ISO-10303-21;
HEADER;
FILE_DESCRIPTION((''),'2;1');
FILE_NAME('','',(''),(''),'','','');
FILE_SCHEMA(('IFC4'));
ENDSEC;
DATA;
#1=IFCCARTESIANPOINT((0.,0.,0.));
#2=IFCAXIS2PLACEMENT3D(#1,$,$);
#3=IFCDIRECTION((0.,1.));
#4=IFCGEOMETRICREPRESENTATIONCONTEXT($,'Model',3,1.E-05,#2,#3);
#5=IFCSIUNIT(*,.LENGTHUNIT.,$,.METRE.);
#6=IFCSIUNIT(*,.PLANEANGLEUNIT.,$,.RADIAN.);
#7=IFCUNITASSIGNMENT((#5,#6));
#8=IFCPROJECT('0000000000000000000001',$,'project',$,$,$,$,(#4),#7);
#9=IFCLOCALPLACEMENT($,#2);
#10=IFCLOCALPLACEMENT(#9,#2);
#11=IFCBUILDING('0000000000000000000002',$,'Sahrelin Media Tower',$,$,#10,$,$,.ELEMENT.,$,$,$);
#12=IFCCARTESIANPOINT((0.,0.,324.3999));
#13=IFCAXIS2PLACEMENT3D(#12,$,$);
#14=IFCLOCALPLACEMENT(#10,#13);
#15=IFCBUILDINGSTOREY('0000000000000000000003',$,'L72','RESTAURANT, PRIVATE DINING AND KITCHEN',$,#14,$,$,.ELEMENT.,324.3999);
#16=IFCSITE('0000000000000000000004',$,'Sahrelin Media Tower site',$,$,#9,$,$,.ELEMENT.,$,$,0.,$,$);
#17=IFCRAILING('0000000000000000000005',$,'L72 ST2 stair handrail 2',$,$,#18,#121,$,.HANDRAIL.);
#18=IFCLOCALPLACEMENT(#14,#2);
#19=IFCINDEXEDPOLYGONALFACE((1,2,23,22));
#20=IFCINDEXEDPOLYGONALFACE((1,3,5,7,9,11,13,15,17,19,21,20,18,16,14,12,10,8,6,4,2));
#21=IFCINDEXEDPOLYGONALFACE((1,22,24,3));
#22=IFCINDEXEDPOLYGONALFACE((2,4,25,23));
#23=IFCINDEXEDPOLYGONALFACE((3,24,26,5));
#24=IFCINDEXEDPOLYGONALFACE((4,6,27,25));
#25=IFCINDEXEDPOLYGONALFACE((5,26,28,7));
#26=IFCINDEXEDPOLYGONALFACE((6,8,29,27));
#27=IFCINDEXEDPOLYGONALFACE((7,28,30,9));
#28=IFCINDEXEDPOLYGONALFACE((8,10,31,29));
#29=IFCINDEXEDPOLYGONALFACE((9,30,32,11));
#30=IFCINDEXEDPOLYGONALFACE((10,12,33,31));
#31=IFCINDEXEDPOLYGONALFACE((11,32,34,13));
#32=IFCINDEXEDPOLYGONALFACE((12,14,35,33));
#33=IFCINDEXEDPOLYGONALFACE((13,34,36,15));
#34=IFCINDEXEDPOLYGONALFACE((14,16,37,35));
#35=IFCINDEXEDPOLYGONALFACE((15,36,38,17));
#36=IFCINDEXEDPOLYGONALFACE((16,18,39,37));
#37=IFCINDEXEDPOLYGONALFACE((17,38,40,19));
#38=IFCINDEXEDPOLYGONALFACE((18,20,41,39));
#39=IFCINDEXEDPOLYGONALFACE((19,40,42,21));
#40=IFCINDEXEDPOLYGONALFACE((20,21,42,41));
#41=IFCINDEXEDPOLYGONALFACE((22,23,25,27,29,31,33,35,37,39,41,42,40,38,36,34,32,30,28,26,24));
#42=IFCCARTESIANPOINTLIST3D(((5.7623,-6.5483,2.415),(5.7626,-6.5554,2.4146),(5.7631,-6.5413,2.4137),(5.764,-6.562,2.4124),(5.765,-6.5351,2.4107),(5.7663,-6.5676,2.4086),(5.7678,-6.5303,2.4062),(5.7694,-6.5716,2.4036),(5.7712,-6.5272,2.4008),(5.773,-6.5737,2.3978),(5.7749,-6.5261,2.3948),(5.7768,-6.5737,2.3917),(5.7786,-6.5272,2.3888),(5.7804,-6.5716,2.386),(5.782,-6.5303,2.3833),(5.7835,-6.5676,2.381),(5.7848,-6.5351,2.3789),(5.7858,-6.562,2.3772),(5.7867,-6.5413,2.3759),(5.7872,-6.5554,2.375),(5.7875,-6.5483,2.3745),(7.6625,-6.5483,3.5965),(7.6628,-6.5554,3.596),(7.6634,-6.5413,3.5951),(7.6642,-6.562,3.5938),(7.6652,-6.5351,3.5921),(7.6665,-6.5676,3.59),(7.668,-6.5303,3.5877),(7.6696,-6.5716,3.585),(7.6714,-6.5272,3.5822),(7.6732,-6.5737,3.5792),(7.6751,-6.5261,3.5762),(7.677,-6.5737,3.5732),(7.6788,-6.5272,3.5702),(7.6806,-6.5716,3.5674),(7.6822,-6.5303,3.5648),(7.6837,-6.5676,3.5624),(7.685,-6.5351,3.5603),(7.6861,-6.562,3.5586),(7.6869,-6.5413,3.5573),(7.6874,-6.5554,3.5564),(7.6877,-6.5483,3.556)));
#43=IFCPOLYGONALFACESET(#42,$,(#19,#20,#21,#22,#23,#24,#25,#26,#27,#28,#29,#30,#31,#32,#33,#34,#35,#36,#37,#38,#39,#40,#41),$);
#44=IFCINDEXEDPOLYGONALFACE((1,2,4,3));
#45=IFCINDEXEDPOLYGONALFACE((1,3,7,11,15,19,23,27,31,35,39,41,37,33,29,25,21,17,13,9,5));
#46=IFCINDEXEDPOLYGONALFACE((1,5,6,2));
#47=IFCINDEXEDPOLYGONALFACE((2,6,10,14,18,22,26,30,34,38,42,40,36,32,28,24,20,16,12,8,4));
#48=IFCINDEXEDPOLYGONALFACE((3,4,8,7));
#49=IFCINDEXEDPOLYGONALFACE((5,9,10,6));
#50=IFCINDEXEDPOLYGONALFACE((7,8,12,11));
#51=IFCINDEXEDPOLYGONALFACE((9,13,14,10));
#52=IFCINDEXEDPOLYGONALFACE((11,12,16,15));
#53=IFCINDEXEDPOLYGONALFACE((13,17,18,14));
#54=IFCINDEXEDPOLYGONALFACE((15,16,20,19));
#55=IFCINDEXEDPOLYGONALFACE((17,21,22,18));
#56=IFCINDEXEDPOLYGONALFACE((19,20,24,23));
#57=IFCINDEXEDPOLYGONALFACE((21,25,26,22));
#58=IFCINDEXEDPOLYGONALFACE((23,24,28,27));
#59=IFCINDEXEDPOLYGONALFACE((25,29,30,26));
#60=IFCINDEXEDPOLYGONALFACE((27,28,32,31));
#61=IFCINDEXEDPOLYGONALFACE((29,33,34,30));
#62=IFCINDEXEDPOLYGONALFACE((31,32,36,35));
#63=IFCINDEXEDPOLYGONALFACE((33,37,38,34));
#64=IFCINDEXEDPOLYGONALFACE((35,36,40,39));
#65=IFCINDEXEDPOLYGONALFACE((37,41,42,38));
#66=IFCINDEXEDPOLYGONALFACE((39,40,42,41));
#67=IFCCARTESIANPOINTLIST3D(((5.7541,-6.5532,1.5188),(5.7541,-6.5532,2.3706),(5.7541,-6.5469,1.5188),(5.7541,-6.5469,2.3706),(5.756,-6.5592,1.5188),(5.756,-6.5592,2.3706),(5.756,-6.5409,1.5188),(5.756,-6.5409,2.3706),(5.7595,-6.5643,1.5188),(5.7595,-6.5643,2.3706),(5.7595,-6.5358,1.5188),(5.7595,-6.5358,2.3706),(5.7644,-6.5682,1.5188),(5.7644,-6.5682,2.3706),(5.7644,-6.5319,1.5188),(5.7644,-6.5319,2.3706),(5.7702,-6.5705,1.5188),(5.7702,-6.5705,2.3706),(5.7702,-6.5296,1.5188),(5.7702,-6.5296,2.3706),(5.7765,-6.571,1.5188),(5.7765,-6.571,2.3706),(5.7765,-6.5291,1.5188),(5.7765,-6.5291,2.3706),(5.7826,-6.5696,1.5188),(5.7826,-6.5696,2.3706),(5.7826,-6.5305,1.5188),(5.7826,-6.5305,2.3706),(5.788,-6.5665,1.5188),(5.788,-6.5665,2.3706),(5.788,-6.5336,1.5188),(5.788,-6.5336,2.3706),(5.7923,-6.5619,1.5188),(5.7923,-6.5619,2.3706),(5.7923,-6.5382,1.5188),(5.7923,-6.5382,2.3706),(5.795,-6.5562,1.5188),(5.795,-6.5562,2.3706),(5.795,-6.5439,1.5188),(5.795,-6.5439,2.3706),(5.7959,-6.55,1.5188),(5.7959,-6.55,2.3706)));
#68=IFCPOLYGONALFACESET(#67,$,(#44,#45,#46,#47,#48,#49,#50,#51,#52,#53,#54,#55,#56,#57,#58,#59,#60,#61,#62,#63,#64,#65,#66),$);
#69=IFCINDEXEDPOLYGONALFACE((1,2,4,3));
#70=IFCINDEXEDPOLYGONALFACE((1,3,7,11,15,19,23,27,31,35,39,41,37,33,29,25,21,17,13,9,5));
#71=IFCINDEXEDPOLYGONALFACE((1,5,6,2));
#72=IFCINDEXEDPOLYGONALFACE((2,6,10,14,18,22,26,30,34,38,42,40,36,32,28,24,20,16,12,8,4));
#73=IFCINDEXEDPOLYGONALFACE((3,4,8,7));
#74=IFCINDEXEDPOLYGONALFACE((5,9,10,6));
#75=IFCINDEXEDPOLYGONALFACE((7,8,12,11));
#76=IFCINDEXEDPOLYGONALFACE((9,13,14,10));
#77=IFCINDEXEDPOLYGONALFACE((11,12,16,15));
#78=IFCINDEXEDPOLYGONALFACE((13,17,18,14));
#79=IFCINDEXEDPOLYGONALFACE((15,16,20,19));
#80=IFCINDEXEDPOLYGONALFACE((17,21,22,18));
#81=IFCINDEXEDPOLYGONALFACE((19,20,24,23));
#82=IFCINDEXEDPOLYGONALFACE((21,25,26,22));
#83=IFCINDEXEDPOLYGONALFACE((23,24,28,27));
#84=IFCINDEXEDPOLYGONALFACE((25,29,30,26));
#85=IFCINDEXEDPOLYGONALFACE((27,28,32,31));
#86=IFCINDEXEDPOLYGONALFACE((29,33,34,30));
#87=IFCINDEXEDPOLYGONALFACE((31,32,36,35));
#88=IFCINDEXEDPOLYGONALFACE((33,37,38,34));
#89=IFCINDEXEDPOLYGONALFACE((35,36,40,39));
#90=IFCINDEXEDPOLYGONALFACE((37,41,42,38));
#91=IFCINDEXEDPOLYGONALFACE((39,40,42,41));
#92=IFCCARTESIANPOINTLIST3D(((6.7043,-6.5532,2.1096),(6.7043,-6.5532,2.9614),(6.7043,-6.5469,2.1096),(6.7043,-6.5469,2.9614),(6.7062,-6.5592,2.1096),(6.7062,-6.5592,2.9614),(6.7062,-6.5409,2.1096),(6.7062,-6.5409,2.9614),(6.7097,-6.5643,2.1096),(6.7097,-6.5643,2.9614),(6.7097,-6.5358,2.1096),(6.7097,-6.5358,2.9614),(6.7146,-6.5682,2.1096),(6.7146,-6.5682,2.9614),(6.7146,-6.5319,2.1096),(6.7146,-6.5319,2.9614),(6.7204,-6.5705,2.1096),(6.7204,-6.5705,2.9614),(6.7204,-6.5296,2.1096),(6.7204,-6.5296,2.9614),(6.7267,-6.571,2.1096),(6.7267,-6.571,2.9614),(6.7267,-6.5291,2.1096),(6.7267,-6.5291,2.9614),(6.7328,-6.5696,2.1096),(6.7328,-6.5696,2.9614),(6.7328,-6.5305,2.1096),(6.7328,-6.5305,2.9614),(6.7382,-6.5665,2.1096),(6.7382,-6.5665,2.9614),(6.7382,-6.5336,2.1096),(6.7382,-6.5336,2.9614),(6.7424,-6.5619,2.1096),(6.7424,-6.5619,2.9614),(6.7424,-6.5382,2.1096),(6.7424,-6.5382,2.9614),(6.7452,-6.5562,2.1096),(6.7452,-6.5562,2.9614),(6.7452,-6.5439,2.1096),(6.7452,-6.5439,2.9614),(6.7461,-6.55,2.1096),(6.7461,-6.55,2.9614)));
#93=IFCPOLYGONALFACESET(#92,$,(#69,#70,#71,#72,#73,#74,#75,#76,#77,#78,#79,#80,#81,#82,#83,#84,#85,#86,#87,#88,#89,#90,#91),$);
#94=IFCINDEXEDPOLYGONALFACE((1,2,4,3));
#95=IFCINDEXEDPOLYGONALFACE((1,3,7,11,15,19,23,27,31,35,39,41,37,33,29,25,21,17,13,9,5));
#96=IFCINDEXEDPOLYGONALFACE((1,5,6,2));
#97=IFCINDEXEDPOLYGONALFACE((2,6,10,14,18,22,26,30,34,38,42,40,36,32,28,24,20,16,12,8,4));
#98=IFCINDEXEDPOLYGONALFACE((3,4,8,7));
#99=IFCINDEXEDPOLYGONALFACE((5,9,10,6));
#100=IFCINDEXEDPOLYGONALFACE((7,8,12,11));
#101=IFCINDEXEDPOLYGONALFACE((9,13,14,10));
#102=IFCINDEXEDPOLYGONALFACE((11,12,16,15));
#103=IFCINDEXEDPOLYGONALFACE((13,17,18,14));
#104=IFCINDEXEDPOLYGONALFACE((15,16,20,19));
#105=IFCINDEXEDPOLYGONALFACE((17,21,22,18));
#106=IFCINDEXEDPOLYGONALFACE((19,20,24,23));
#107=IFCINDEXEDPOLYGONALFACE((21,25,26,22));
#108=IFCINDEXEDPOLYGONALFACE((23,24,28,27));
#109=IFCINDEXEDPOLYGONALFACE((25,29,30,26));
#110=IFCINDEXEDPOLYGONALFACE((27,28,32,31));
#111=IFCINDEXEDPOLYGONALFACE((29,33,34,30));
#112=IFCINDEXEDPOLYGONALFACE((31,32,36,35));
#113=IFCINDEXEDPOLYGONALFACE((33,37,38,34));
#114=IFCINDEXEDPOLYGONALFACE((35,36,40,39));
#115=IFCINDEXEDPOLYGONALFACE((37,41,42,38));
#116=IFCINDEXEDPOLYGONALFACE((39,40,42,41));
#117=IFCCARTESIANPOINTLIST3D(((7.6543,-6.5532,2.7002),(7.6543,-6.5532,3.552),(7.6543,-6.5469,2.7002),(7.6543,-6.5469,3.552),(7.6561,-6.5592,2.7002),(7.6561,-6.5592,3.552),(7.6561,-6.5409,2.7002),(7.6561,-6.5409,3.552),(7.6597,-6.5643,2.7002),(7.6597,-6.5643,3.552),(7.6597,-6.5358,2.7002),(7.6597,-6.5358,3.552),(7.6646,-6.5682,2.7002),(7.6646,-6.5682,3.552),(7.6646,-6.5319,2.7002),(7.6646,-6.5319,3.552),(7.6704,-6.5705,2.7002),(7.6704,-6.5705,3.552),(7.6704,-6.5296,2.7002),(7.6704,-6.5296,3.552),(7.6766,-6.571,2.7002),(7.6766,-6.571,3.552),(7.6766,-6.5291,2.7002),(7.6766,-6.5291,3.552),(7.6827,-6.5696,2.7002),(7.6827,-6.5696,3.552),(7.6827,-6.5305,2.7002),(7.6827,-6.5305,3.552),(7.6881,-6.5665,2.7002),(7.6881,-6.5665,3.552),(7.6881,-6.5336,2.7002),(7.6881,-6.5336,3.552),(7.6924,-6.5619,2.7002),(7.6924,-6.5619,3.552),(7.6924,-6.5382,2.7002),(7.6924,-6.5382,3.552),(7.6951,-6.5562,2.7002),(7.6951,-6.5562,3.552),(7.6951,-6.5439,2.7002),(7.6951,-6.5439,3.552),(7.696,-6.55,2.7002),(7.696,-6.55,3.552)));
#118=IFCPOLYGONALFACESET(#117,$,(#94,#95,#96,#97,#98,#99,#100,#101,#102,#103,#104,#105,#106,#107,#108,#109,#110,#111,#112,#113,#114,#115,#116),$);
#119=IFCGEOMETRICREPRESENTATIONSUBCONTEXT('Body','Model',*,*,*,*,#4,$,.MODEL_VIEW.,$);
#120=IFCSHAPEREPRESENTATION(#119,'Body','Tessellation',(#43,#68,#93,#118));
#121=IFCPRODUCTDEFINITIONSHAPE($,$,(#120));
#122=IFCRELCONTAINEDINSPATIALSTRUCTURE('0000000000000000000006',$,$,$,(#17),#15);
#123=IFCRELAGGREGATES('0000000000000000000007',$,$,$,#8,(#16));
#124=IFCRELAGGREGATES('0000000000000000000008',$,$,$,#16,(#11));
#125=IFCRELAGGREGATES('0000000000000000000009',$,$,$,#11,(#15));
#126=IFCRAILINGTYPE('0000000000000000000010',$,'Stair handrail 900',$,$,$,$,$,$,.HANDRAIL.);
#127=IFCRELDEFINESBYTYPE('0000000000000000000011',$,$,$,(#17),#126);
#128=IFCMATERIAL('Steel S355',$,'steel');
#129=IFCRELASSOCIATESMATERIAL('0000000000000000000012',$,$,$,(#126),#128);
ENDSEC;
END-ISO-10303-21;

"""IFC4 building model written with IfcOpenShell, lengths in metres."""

from ifc_helpers import new_model, si_unit, direction, frame, origin, origin_2d, place, context, subcontext, project, spatial, circle, extrude, material, type_object, element, save


model = new_model("IFC4")

# Units and contexts
model_context = context("Model", 3, precision=1e-05, world=origin(), true_north=direction((0.0, 1.0)))
body_context = subcontext(model_context, "Body", "Model", "MODEL_VIEW")
ifc_project = project(units=[si_unit("LENGTHUNIT", "METRE"), si_unit("PLANEANGLEUNIT", "RADIAN")], contexts=[model_context])

# Site, building, storey
site_placement = place(None, origin())
site = spatial("IfcSite", under=ifc_project, at=site_placement, Name="Sahrelin Media Tower site", CompositionType="ELEMENT", RefElevation=0.0)
building_placement = place(site_placement, origin())
building = spatial("IfcBuilding", under=site, at=building_placement, Name="Sahrelin Media Tower", CompositionType="ELEMENT")
storey_placement = place(building_placement, frame((0.0, 0.0, 324.3999)))
storey = spatial("IfcBuildingStorey", under=building, at=storey_placement, Name="L72", Description="RESTAURANT, PRIVATE DINING AND KITCHEN", CompositionType="ELEMENT", Elevation=324.3999)

# Railing
ifc_material_1 = material(Name="Steel S355", Category="steel")
railing_type_1 = type_object("IfcRailingType", Name="Stair handrail 900", PredefinedType="HANDRAIL", material=ifc_material_1)
railing_1_placement = place(storey_placement, frame((5.7749, -6.55, 1.5188)))
element("IfcRailing", 1, at=railing_1_placement, inside=storey, type_object=railing_type_1, Name="L72 ST2 stair handrail 2", PredefinedType="HANDRAIL", context=body_context, shape_type="SweptSolid", body=[
    extrude(circle(Radius=0.0239, at=origin_2d()), frame((0.0, 0.0, 0.876), z_axis=(0.84924, 0.0, 0.528006), x_axis=(0.0, 1.0, 0.0)), (0.0, 0.0, 1.0), 2.2375),
    extrude(circle(Radius=0.021, at=origin_2d()), origin(), (0.0, 0.0, 1.0), 0.8518),
    extrude(circle(Radius=0.021, at=origin_2d()), frame((0.9502, 0.0, 0.5908)), (0.0, 0.0, 1.0), 0.8518),
    extrude(circle(Radius=0.021, at=origin_2d()), frame((1.9001, 0.0, 1.1814)), (0.0, 0.0, 1.0), 0.8518),
])

save(model, "model.ifc")
